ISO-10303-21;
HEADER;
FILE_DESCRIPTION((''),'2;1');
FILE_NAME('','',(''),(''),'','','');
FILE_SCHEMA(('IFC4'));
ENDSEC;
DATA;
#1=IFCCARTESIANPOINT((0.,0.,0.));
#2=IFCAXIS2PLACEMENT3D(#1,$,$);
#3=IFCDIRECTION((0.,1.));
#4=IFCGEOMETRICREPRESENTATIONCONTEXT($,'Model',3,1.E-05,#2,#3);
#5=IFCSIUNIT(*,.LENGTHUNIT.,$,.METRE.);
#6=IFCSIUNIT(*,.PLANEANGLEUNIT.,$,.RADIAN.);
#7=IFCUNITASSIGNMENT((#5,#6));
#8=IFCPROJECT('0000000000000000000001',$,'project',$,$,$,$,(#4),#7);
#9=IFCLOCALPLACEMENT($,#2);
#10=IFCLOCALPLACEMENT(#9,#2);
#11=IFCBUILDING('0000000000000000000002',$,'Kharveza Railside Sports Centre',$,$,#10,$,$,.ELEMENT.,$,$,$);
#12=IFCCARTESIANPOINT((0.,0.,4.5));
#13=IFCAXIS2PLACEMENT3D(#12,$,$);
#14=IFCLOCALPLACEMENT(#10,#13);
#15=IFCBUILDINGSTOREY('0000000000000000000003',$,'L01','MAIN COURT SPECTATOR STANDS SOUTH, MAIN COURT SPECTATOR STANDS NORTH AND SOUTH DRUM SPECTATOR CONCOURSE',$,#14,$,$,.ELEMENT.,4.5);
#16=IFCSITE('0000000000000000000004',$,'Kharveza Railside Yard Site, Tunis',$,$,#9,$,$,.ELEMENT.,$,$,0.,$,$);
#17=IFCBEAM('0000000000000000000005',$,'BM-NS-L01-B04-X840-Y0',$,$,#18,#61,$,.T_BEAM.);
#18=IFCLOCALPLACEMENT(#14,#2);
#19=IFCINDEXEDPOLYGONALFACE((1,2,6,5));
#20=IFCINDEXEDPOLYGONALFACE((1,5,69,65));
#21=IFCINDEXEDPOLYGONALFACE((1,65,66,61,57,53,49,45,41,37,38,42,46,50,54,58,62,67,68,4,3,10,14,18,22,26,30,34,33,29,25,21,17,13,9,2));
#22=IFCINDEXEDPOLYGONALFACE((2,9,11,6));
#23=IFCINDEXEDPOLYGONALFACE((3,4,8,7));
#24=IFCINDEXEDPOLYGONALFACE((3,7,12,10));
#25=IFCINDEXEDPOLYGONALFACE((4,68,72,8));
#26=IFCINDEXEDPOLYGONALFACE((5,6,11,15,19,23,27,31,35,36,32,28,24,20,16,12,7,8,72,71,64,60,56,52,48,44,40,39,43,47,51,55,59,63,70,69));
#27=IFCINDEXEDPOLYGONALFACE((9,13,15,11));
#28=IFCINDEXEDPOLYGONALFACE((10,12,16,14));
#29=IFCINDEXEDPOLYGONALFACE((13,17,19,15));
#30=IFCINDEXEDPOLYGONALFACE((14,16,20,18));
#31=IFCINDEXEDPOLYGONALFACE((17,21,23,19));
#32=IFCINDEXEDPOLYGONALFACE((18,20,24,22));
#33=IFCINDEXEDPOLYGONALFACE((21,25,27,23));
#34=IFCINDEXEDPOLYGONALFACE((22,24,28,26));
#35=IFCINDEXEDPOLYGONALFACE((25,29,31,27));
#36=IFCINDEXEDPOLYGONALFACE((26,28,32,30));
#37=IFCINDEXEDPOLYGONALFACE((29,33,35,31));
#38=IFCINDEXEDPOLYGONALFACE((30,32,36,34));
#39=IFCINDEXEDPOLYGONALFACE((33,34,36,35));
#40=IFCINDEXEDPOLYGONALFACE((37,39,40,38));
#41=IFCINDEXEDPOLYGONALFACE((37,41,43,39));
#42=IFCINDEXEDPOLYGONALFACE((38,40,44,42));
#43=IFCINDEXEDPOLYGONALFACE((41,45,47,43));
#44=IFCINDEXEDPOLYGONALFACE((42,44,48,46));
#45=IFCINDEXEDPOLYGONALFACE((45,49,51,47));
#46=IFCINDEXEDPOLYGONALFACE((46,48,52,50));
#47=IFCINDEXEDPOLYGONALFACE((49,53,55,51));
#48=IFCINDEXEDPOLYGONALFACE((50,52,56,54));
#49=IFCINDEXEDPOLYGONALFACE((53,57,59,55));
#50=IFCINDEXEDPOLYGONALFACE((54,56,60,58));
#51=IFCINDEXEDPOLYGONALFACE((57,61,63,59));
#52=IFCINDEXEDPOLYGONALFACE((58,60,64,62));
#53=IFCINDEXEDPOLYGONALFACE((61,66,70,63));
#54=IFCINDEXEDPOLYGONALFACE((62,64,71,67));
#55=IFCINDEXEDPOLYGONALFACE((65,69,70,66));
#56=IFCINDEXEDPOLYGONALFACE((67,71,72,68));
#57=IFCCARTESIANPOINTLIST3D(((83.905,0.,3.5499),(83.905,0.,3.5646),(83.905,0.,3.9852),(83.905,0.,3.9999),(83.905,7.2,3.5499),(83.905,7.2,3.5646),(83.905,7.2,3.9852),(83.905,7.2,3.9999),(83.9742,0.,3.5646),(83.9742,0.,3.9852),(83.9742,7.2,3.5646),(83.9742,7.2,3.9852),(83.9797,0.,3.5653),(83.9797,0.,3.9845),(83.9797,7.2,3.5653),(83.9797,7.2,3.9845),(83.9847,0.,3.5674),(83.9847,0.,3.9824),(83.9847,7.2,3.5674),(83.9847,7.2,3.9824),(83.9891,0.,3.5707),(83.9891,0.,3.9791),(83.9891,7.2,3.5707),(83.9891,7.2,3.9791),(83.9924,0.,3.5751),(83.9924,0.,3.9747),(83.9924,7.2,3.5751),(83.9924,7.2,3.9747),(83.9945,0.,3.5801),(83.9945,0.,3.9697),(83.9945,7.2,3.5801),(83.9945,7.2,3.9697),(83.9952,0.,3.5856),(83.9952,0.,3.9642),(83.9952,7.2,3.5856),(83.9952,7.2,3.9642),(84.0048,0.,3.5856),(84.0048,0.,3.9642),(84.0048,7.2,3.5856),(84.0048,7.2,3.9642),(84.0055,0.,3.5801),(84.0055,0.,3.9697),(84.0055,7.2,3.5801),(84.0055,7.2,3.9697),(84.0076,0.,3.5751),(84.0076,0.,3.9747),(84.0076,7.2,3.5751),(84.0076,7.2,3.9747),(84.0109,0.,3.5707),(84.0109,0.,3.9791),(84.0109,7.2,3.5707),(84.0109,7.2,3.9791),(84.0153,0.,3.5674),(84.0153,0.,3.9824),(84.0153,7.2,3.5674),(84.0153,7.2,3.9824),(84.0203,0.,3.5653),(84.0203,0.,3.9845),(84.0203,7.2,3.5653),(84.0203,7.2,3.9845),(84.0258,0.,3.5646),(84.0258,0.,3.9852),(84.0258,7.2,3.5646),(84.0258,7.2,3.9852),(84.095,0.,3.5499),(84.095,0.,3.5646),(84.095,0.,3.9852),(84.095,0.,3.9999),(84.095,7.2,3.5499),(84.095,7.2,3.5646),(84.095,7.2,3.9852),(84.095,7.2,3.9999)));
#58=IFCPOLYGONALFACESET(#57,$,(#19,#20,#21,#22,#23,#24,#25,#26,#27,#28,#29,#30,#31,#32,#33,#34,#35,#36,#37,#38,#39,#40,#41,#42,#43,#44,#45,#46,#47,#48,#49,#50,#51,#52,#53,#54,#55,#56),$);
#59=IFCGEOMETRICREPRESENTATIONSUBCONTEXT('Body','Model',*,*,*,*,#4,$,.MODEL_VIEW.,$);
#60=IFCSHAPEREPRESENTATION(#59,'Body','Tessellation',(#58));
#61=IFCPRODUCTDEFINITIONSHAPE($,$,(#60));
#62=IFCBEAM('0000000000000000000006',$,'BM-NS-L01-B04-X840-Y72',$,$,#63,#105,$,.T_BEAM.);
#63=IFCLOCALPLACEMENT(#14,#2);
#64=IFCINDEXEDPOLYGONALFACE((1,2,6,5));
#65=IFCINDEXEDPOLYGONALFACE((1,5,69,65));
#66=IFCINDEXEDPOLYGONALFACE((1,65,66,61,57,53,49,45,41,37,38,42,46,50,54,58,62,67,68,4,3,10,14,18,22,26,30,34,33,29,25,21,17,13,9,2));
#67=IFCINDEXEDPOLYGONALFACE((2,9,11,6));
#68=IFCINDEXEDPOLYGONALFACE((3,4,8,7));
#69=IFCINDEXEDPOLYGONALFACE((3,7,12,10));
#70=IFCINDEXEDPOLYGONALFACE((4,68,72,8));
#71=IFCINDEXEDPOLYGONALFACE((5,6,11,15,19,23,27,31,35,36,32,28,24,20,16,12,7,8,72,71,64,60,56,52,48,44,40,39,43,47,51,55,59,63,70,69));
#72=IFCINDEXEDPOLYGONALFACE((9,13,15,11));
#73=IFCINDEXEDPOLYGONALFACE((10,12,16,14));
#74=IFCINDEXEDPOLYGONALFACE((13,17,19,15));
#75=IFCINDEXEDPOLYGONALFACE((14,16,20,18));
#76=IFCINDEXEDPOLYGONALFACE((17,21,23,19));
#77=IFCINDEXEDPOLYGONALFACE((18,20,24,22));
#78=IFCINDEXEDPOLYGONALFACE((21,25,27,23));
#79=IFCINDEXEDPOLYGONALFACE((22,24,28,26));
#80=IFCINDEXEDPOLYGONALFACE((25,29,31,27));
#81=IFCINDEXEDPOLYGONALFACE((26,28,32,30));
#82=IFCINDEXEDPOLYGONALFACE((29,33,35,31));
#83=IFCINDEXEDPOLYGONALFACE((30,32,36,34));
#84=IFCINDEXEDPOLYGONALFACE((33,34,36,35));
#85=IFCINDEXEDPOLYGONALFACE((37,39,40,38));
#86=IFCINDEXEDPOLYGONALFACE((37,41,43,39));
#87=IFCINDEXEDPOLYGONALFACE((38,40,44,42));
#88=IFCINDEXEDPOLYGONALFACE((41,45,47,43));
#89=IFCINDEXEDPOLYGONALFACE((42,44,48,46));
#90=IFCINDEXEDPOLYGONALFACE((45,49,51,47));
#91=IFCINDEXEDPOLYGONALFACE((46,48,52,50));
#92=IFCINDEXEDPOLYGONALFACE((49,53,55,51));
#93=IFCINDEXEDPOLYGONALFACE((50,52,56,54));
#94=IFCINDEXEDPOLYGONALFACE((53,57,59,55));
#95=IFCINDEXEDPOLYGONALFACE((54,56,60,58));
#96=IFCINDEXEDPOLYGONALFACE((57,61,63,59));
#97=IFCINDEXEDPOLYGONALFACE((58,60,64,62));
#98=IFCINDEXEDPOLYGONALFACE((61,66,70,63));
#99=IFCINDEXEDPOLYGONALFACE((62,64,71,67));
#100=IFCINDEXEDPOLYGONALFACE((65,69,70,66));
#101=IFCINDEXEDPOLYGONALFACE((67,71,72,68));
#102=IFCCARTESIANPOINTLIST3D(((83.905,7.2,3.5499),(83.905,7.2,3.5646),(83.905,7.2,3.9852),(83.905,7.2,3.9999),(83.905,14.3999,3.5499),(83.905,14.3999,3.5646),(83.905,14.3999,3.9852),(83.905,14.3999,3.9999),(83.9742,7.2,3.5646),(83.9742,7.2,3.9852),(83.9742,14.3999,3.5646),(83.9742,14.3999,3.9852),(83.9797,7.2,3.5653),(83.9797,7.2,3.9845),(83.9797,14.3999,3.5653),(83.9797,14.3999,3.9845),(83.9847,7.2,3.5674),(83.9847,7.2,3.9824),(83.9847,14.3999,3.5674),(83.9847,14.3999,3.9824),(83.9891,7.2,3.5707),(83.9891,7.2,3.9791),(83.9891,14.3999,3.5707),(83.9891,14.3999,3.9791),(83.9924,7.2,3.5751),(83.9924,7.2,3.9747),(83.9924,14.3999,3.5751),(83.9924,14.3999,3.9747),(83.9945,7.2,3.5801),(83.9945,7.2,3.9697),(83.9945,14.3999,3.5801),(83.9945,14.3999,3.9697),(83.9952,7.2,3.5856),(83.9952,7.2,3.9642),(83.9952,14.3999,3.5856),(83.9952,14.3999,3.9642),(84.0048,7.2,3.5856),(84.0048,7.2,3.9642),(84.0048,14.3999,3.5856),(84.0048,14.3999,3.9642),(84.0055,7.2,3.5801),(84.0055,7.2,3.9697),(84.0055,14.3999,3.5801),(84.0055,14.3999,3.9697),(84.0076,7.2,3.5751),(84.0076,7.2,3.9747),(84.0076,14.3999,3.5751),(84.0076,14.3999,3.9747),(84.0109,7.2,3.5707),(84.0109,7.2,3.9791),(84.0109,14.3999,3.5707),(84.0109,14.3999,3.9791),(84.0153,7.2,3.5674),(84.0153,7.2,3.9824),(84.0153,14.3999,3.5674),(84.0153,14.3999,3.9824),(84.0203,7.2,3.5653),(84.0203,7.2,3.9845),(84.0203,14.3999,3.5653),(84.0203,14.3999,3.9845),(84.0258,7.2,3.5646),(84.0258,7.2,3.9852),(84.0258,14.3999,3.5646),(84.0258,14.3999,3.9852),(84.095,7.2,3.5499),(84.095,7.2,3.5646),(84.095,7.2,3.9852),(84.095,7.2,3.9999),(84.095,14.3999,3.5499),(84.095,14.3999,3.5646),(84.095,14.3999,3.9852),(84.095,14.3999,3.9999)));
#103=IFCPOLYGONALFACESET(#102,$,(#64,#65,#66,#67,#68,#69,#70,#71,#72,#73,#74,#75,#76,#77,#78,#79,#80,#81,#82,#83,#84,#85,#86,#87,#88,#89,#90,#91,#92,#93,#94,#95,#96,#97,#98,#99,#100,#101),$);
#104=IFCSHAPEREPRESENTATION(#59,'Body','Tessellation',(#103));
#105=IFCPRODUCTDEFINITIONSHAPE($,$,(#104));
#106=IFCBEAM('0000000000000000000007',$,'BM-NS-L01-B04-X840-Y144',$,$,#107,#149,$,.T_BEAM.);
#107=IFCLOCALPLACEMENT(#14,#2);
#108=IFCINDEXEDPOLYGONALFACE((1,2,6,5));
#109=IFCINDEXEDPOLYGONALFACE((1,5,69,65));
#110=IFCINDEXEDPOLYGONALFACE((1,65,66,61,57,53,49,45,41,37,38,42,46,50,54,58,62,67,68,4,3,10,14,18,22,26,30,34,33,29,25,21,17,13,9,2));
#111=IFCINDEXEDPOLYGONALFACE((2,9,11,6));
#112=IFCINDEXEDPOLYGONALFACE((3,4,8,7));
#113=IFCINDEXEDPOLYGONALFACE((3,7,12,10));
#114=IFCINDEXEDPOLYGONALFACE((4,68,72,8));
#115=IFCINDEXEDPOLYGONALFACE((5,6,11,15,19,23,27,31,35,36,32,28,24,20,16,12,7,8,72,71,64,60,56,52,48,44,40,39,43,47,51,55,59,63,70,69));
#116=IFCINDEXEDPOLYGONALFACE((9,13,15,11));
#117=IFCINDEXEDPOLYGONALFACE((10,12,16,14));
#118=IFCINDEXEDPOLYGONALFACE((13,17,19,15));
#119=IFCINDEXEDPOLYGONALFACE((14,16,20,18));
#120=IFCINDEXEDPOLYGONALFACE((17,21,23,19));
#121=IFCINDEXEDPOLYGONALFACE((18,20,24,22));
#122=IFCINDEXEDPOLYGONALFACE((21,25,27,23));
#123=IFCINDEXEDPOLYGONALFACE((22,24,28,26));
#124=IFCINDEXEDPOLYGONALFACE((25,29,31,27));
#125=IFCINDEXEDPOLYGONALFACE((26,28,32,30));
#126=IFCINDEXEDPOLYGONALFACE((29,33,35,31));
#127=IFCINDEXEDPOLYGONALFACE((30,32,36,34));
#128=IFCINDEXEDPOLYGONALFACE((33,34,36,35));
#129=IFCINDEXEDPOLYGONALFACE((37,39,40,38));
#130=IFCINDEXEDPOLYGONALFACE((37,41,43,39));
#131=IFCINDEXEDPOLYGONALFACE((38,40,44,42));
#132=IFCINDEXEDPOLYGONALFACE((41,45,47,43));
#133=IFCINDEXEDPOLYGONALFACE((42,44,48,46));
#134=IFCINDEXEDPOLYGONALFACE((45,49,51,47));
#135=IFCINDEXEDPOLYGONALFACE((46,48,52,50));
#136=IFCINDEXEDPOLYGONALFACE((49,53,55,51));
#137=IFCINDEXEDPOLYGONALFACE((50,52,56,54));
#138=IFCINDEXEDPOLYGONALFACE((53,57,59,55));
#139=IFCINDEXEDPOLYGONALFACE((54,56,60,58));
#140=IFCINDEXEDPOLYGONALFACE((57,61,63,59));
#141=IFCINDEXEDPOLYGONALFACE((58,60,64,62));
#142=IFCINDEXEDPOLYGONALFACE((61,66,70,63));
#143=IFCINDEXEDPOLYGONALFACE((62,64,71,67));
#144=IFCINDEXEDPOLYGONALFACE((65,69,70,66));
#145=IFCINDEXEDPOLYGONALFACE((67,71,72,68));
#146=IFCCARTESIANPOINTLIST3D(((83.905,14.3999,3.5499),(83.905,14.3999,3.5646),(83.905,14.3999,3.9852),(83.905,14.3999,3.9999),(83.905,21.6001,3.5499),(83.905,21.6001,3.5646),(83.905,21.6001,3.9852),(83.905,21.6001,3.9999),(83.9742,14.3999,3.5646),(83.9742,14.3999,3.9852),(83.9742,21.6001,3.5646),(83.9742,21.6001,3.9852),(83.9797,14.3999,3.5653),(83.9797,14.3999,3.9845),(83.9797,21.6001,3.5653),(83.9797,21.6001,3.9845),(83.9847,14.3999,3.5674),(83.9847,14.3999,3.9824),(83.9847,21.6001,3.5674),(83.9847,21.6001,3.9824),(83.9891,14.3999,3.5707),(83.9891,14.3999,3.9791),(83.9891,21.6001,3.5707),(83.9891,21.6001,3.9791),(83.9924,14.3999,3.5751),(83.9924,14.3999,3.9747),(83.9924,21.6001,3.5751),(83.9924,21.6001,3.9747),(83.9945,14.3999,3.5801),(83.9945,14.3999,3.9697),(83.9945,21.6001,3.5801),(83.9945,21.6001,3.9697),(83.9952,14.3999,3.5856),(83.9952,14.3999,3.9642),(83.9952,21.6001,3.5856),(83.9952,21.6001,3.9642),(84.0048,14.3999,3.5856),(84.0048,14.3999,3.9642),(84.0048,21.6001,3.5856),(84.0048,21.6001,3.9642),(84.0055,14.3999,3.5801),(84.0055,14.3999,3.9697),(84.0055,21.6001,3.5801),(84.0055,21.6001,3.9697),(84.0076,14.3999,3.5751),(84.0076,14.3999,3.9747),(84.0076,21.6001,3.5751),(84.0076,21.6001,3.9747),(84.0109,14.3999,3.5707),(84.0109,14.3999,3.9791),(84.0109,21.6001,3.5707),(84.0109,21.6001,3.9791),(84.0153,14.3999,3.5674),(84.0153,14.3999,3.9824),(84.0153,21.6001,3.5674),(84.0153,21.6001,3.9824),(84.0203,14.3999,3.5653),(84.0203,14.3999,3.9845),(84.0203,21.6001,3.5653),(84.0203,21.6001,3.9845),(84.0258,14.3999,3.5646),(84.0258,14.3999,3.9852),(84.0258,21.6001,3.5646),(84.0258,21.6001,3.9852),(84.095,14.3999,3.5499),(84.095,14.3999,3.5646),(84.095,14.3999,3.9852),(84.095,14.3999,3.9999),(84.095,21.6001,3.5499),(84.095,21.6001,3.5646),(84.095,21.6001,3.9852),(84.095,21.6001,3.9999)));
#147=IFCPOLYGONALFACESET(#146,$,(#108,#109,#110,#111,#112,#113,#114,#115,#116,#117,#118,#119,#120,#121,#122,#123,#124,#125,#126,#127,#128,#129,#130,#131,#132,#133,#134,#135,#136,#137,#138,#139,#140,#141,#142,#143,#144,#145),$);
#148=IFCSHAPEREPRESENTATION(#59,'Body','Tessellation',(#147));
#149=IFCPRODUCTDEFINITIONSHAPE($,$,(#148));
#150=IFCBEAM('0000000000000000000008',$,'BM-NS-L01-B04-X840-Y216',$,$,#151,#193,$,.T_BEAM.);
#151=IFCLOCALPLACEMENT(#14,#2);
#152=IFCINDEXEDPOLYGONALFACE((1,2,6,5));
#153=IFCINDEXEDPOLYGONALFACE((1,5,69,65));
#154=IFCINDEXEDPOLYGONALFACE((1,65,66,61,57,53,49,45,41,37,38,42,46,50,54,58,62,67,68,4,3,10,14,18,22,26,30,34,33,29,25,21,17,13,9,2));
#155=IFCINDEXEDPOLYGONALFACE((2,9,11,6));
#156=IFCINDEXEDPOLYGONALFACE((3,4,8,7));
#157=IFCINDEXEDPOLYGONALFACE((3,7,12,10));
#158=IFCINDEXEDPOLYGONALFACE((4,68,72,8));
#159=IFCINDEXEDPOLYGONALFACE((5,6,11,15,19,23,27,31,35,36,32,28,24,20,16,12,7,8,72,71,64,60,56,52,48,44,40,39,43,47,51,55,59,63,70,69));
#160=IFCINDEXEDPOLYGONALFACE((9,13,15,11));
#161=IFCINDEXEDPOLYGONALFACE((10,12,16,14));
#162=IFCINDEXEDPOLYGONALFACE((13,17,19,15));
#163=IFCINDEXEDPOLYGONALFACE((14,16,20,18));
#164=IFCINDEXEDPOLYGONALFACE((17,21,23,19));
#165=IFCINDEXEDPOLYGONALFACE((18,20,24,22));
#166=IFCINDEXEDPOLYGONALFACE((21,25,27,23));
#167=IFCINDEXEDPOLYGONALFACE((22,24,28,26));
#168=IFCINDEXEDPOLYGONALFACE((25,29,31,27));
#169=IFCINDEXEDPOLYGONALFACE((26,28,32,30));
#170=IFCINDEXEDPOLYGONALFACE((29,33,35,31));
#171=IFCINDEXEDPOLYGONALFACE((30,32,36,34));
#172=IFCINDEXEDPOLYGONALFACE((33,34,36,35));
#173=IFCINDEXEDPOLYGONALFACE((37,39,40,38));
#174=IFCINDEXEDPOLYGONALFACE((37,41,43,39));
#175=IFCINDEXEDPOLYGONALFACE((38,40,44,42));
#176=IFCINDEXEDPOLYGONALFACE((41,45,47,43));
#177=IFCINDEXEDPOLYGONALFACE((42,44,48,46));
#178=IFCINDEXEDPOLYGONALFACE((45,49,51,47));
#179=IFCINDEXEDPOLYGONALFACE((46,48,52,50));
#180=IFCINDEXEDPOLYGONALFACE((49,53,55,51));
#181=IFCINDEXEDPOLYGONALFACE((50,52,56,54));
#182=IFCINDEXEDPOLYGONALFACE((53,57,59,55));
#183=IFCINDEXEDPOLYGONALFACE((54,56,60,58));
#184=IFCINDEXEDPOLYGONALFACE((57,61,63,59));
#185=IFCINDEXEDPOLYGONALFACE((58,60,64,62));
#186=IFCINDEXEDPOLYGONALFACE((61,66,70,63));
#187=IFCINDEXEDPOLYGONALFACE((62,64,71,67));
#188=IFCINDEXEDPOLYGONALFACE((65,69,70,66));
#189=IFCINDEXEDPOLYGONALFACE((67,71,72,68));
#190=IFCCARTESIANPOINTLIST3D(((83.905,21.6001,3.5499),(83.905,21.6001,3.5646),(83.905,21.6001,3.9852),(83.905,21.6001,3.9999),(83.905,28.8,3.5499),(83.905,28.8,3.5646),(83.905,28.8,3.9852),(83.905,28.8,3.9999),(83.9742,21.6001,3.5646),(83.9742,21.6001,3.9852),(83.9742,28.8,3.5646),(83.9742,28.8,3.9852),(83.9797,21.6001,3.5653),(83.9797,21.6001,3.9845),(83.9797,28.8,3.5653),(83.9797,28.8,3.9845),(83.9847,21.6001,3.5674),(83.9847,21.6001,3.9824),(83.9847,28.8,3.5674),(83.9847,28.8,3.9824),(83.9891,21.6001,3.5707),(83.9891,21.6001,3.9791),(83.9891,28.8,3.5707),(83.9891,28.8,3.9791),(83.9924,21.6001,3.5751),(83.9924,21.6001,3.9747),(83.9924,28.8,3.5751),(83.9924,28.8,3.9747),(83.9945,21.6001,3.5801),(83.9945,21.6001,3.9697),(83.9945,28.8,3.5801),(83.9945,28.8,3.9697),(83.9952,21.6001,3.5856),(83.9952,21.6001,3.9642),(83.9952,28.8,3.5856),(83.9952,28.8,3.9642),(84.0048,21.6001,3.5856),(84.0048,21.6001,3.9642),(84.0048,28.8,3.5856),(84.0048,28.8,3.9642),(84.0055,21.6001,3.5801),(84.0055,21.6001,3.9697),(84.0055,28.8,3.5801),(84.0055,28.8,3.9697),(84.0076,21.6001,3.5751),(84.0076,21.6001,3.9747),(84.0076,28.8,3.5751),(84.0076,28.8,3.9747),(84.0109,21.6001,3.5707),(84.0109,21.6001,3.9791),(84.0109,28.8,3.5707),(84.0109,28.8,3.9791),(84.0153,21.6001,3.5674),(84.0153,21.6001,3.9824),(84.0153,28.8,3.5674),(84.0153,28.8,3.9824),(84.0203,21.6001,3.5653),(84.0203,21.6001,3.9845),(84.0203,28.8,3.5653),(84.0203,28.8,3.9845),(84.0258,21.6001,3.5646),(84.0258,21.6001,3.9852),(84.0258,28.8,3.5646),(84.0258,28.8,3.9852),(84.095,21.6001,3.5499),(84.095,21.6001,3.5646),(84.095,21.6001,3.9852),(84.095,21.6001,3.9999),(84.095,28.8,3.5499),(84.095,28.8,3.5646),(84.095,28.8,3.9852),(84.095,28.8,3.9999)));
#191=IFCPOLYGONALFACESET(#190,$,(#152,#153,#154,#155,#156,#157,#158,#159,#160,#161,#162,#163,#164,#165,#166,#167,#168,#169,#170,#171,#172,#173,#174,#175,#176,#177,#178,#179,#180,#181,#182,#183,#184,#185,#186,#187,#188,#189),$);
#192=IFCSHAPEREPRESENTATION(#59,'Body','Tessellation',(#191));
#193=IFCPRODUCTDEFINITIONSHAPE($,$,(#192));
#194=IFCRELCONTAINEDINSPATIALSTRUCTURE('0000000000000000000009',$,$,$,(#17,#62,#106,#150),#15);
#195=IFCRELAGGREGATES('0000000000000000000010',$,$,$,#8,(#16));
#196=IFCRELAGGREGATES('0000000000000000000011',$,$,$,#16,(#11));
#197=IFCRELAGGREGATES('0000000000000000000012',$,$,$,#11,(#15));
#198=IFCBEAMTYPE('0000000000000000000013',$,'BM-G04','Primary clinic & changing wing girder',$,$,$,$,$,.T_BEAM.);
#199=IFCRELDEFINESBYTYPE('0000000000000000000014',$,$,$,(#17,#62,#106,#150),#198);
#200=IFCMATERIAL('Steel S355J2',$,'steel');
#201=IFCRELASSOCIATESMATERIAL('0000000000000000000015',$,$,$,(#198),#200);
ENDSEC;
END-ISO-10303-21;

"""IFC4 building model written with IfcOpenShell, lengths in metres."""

from ifc_helpers import new_model, si_unit, direction, frame, origin, origin_2d, place, context, subcontext, project, spatial, i_section, extrude, material, material_profile, profile_set, type_object, element, save


model = new_model("IFC4")

# Units and contexts
model_context = context("Model", 3, precision=1e-05, world=origin(), true_north=direction((0.0, 1.0)))
body_context = subcontext(model_context, "Body", "Model", "MODEL_VIEW")
ifc_project = project(units=[si_unit("LENGTHUNIT", "METRE"), si_unit("PLANEANGLEUNIT", "RADIAN")], contexts=[model_context])

# Site, building, storey
site_placement = place(None, origin())
site = spatial("IfcSite", under=ifc_project, at=site_placement, Name="Kharveza Railside Yard Site, Tunis", CompositionType="ELEMENT", RefElevation=0.0)
building_placement = place(site_placement, origin())
building = spatial("IfcBuilding", under=site, at=building_placement, Name="Kharveza Railside Sports Centre", CompositionType="ELEMENT")
storey_placement = place(building_placement, frame((0.0, 0.0, 4.5)))
storey = spatial("IfcBuildingStorey", under=building, at=storey_placement, Name="L01", Description="MAIN COURT SPECTATOR STANDS SOUTH, MAIN COURT SPECTATOR STANDS NORTH AND SOUTH DRUM SPECTATOR CONCOURSE", CompositionType="ELEMENT", Elevation=4.5)

# Shared definitions
ifc_material_1 = material(Name="Steel S355J2", Category="steel")

# Beams
ifc_material_profile_1 = material_profile(ifc_material_1, i_section(OverallWidth=0.1899, OverallDepth=0.45, WebThickness=0.0095, FlangeThickness=0.0146, FilletRadius=0.021, at=origin_2d()), Name="IPE 450")
ifc_profile_set_1 = profile_set([ifc_material_profile_1], Name="Steel S355J2")
beam_type_1 = type_object("IfcBeamType", Name="BM-G04", Description="Primary clinic & changing wing girder", PredefinedType="T_BEAM", material=ifc_profile_set_1)
for number, where, z_axis, x_axis, name in (
    (1, (84.0, 0.0, 3.7749), (0.0, 1.0, 0.0), (-1.0, 0.0, 0.0), "BM-NS-L01-B04-X840-Y0"),
    (2, (84.0, 7.2, 3.7749), (0.0, 1.0, 0.0), (-1.0, 0.0, 0.0), "BM-NS-L01-B04-X840-Y72"),
):
    element("IfcBeam", number, at=place(storey_placement, frame(where, z_axis=z_axis, x_axis=x_axis)), inside=storey, type_object=beam_type_1, Name=name, PredefinedType="T_BEAM", context=body_context, shape_type="SweptSolid", body=[
        extrude(i_section(OverallWidth=0.1899, OverallDepth=0.45, WebThickness=0.0095, FlangeThickness=0.0146, FilletRadius=0.021, at=origin_2d()), origin(), (0.0, 0.0, 1.0), 7.2),
    ])
beam_1_placement = place(storey_placement, frame((84.0, 14.3999, 3.7749), z_axis=(0.0, 1.0, 0.0), x_axis=(-1.0, 0.0, 0.0)))
element("IfcBeam", 3, at=beam_1_placement, inside=storey, type_object=beam_type_1, Name="BM-NS-L01-B04-X840-Y144", PredefinedType="T_BEAM", context=body_context, shape_type="SweptSolid", body=[
    extrude(i_section(OverallWidth=0.1899, OverallDepth=0.45, WebThickness=0.0095, FlangeThickness=0.0146, FilletRadius=0.021, at=origin_2d()), origin(), (0.0, 0.0, 1.0), 7.2002),
])
beam_2_placement = place(storey_placement, frame((84.0, 21.6001, 3.7749), z_axis=(0.0, 1.0, 0.0), x_axis=(-1.0, 0.0, 0.0)))
element("IfcBeam", 4, at=beam_2_placement, inside=storey, type_object=beam_type_1, Name="BM-NS-L01-B04-X840-Y216", PredefinedType="T_BEAM", context=body_context, shape_type="SweptSolid", body=[
    extrude(i_section(OverallWidth=0.1899, OverallDepth=0.45, WebThickness=0.0095, FlangeThickness=0.0146, FilletRadius=0.021, at=origin_2d()), origin(), (0.0, 0.0, 1.0), 7.2),
])

save(model, "model.ifc")
